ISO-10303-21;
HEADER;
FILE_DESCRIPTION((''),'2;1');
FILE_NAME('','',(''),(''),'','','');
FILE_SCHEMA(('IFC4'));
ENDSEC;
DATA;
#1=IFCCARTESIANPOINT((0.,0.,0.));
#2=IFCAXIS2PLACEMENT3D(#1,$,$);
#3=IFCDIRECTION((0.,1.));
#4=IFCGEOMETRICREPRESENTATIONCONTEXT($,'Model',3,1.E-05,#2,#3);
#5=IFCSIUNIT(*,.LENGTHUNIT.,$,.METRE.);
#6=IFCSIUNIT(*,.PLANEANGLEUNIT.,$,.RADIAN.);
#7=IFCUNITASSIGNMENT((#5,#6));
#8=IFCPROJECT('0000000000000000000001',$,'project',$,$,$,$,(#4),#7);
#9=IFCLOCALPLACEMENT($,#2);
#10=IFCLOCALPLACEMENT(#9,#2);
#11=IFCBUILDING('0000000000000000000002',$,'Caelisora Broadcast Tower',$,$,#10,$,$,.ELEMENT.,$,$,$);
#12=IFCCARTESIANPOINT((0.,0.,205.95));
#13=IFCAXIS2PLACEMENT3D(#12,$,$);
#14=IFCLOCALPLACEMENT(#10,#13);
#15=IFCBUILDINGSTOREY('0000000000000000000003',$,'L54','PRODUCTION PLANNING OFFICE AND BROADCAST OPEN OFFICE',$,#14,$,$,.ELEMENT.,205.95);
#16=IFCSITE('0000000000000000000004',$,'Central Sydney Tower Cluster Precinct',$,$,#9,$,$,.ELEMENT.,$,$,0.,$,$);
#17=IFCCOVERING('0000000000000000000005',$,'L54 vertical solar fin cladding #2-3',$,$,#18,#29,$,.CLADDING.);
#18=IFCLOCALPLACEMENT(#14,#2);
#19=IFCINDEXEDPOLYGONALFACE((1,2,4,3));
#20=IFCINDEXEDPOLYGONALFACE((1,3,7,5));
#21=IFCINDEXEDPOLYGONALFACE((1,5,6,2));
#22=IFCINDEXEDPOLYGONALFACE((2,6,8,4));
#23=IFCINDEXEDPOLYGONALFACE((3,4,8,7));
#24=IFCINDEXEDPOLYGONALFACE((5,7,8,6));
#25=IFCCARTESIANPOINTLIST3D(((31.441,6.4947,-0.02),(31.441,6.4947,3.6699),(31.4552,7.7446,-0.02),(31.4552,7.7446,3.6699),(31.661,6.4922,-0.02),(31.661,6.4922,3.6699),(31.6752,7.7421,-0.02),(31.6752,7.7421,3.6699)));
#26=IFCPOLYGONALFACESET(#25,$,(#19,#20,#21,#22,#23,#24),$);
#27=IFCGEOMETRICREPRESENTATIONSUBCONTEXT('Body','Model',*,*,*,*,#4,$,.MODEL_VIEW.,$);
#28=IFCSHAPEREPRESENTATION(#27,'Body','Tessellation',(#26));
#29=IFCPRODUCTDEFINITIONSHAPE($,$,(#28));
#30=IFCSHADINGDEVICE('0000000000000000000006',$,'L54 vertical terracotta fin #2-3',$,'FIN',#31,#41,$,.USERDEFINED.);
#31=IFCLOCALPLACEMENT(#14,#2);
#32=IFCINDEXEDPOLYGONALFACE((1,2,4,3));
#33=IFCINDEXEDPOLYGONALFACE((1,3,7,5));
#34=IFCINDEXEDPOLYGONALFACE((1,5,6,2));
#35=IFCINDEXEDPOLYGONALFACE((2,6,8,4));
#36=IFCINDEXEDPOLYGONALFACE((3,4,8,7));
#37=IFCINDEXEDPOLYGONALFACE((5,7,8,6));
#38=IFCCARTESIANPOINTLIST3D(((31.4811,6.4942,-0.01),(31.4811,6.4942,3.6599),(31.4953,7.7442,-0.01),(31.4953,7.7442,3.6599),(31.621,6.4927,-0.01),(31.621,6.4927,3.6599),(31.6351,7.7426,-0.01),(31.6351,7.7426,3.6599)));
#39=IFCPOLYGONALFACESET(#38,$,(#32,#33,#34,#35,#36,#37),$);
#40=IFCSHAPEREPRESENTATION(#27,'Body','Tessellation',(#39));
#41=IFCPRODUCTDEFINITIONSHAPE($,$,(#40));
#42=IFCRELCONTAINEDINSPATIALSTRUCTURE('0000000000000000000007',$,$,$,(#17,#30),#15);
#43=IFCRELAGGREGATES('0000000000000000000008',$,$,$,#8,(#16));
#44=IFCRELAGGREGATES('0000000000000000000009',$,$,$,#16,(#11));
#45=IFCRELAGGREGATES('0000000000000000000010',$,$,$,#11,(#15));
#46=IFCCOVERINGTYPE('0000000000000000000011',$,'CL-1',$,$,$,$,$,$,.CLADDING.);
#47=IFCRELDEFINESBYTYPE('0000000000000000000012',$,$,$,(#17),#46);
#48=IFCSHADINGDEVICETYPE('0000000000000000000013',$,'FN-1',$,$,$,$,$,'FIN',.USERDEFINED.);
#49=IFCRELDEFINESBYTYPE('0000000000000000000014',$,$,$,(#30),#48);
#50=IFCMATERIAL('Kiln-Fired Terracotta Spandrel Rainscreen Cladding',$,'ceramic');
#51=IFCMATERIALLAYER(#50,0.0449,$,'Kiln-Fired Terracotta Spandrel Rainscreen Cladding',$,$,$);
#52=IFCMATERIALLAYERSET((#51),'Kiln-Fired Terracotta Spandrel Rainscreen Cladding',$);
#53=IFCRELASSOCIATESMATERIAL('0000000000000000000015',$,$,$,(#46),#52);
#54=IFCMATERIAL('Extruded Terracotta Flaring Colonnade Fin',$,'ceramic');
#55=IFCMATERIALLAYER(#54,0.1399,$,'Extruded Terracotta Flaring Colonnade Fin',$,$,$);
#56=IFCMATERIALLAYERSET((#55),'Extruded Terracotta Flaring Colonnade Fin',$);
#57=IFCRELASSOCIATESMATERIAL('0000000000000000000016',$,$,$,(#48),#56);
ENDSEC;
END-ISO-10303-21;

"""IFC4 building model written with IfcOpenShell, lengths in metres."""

from ifc_helpers import new_model, si_unit, direction, frame, origin, origin_2d, place, context, subcontext, project, spatial, rectangle, extrude, source, transform, mapped, material, layer, layer_set, type_object, type_shapes, element, save


model = new_model("IFC4")

# Units and contexts
model_context = context("Model", 3, precision=1e-05, world=origin(), true_north=direction((0.0, 1.0)))
body_context = subcontext(model_context, "Body", "Model", "MODEL_VIEW")
ifc_project = project(units=[si_unit("LENGTHUNIT", "METRE"), si_unit("PLANEANGLEUNIT", "RADIAN")], contexts=[model_context])

# Site, building, storey
site_placement = place(None, origin())
site = spatial("IfcSite", under=ifc_project, at=site_placement, Name="Central Sydney Tower Cluster Precinct", CompositionType="ELEMENT", RefElevation=0.0)
building_placement = place(site_placement, origin())
building = spatial("IfcBuilding", under=site, at=building_placement, Name="Caelisora Broadcast Tower", CompositionType="ELEMENT")
storey_placement = place(building_placement, frame((0.0, 0.0, 205.95)))
storey = spatial("IfcBuildingStorey", under=building, at=storey_placement, Name="L54", Description="PRODUCTION PLANNING OFFICE AND BROADCAST OPEN OFFICE", CompositionType="ELEMENT", Elevation=205.95)

# Covering
ifc_material_1 = material(Name="Kiln-Fired Terracotta Spandrel Rainscreen Cladding", Category="ceramic")
ifc_layer_1 = layer(ifc_material_1, 0.0449, Name="Kiln-Fired Terracotta Spandrel Rainscreen Cladding")
ifc_layer_set_1 = layer_set([ifc_layer_1], Name="Kiln-Fired Terracotta Spandrel Rainscreen Cladding")
covering_type = type_object("IfcCoveringType", Name="CL-1", PredefinedType="CLADDING", material=ifc_layer_set_1)
shared_shape_1 = source(origin(), body_context, "Body", "SweptSolid", [
    extrude(rectangle(XDim=0.22, YDim=1.25, at=origin_2d()), origin(), (0.0, 0.0, 1.0), 3.6899),
])
type_shapes(covering_type, [shared_shape_1])
covering_placement = place(storey_placement, frame((31.5581, 7.1184, -0.02), z_axis=(0.0, 0.0, 1.0), x_axis=(-0.999936, 0.011344, 0.0)))
element("IfcCovering", 1, at=covering_placement, inside=storey, type_object=covering_type, Name="L54 vertical solar fin cladding #2-3", PredefinedType="CLADDING", context=body_context, shape_type="MappedRepresentation", body=[
    mapped(shared_shape_1, transform((0.0, 0.0, 0.0), scale=1.0)),
])

# Shading device
ifc_material_2 = material(Name="Extruded Terracotta Flaring Colonnade Fin", Category="ceramic")
ifc_layer_2 = layer(ifc_material_2, 0.1399, Name="Extruded Terracotta Flaring Colonnade Fin")
ifc_layer_set_2 = layer_set([ifc_layer_2], Name="Extruded Terracotta Flaring Colonnade Fin")
shading_device_type = type_object("IfcShadingDeviceType", Name="FN-1", ElementType="FIN", PredefinedType="USERDEFINED", material=ifc_layer_set_2)
shared_shape_2 = source(origin(), body_context, "Body", "SweptSolid", [
    extrude(rectangle(XDim=0.1399, YDim=1.25, at=origin_2d()), origin(), (0.0, 0.0, 1.0), 3.6699),
])
type_shapes(shading_device_type, [shared_shape_2])
shading_device_placement = place(storey_placement, frame((31.5581, 7.1184, -0.01), z_axis=(0.0, 0.0, 1.0), x_axis=(-0.999936, 0.011344, 0.0)))
element("IfcShadingDevice", 2, at=shading_device_placement, inside=storey, type_object=shading_device_type, Name="L54 vertical terracotta fin #2-3", ObjectType="FIN", PredefinedType="USERDEFINED", context=body_context, shape_type="MappedRepresentation", body=[
    mapped(shared_shape_2, transform((0.0, 0.0, 0.0), scale=1.0)),
])

save(model, "model.ifc")
